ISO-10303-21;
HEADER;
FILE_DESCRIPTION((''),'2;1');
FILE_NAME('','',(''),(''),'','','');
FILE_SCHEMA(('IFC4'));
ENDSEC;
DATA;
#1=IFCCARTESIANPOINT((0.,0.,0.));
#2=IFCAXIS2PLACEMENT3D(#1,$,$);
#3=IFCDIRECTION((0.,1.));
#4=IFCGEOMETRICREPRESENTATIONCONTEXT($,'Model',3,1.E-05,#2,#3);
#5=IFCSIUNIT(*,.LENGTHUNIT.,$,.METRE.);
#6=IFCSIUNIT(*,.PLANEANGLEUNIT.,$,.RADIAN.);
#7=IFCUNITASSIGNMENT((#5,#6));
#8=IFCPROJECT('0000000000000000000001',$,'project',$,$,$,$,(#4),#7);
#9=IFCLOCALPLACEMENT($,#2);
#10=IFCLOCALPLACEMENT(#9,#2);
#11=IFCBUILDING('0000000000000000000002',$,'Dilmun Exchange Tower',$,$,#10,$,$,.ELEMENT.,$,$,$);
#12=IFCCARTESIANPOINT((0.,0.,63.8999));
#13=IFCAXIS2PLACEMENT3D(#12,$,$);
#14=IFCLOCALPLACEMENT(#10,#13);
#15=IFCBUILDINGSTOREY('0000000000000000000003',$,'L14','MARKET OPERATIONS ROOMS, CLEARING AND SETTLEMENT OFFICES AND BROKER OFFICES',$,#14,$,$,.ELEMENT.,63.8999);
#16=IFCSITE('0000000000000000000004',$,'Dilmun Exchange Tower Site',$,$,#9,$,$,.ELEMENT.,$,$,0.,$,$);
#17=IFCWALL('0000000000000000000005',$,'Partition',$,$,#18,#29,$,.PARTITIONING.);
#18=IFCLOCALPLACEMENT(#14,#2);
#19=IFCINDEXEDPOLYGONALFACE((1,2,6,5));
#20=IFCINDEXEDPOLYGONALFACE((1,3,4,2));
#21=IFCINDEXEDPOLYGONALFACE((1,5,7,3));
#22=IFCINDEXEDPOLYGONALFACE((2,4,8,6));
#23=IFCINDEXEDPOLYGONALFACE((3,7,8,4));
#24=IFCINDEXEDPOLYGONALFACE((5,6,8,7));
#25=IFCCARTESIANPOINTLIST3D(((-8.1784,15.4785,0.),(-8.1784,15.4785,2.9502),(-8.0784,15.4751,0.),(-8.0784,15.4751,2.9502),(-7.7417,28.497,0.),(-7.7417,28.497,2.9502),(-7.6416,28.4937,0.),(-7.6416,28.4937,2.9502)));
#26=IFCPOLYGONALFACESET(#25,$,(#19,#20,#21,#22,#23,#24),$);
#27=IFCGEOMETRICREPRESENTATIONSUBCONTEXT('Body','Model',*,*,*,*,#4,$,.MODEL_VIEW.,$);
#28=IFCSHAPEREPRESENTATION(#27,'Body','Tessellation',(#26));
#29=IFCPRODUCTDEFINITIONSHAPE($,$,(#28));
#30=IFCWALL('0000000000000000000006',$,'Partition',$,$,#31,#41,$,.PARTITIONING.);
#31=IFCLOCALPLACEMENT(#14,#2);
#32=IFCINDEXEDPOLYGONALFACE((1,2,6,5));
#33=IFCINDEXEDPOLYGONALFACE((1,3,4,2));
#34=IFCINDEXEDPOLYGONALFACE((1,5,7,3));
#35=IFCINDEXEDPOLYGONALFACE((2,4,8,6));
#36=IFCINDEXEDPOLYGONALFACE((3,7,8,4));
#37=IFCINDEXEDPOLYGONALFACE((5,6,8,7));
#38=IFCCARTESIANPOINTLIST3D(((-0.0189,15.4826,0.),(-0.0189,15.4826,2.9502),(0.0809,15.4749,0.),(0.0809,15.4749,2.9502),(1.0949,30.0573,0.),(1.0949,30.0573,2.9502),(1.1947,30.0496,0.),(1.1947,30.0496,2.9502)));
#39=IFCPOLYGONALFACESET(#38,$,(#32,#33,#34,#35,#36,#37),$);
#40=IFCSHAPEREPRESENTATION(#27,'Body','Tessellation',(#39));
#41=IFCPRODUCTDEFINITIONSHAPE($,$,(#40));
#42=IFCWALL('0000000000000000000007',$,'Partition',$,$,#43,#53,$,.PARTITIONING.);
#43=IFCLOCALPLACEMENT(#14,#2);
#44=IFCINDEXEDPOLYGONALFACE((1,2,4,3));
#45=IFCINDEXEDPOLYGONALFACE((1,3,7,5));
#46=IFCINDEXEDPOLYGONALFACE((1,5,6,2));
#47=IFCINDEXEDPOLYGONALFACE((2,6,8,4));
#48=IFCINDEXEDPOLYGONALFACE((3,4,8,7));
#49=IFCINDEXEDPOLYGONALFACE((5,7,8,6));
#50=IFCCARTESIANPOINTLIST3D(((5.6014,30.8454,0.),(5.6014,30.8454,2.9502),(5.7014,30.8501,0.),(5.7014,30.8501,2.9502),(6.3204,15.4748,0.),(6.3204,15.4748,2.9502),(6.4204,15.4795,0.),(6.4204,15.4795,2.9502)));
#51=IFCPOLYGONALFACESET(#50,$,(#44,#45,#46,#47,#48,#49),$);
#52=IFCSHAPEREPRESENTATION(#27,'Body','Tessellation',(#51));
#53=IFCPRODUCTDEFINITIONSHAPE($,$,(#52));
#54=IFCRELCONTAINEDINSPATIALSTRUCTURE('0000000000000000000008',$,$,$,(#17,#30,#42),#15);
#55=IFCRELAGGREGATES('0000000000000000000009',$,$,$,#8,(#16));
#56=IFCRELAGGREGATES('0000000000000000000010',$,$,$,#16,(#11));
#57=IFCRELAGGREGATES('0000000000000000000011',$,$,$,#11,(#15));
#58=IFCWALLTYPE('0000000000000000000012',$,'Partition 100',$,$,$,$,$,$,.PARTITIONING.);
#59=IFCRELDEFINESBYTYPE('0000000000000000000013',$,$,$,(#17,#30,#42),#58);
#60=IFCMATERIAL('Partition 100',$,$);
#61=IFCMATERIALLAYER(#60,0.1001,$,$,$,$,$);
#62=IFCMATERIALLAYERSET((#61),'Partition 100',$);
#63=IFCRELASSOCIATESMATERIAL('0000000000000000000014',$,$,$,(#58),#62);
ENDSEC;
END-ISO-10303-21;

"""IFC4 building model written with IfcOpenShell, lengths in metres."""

from ifc_helpers import new_model, si_unit, direction, frame, frame_2d, origin, place, context, subcontext, project, spatial, rectangle, extrude, material, layer, layer_set, type_object, element, save


model = new_model("IFC4")

# Units and contexts
model_context = context("Model", 3, precision=1e-05, world=origin(), true_north=direction((0.0, 1.0)))
body_context = subcontext(model_context, "Body", "Model", "MODEL_VIEW")
ifc_project = project(units=[si_unit("LENGTHUNIT", "METRE"), si_unit("PLANEANGLEUNIT", "RADIAN")], contexts=[model_context])

# Site, building, storey
site_placement = place(None, origin())
site = spatial("IfcSite", under=ifc_project, at=site_placement, Name="Dilmun Exchange Tower Site", CompositionType="ELEMENT", RefElevation=0.0)
building_placement = place(site_placement, origin())
building = spatial("IfcBuilding", under=site, at=building_placement, Name="Dilmun Exchange Tower", CompositionType="ELEMENT")
storey_placement = place(building_placement, frame((0.0, 0.0, 63.8999)))
storey = spatial("IfcBuildingStorey", under=building, at=storey_placement, Name="L14", Description="MARKET OPERATIONS ROOMS, CLEARING AND SETTLEMENT OFFICES AND BROKER OFFICES", CompositionType="ELEMENT", Elevation=63.8999)

# Walls
ifc_material_1 = material(Name="Partition 100")
ifc_layer_1 = layer(ifc_material_1, 0.1001)
ifc_layer_set_1 = layer_set([ifc_layer_1], Name="Partition 100")
wall_type_1 = type_object("IfcWallType", Name="Partition 100", PredefinedType="PARTITIONING", material=ifc_layer_set_1)
wall_1_placement = place(storey_placement, frame((-8.1284, 15.4768, 0.0), z_axis=(0.0, 0.0, 1.0), x_axis=(0.033531, 0.999438, 0.0)))
element("IfcWall", 1, at=wall_1_placement, inside=storey, type_object=wall_type_1, Name="Partition", PredefinedType="PARTITIONING", context=body_context, shape_type="SweptSolid", body=[
    extrude(rectangle(XDim=13.0259, YDim=0.1001, at=frame_2d((6.5129, 0.0))), origin(), (0.0, 0.0, 1.0), 2.9502),
])
wall_2_placement = place(storey_placement, frame((0.031, 15.4788, 0.0), z_axis=(0.0, 0.0, 1.0), x_axis=(0.076196, 0.997093, 0.0)))
element("IfcWall", 2, at=wall_2_placement, inside=storey, type_object=wall_type_1, Name="Partition", PredefinedType="PARTITIONING", context=body_context, shape_type="SweptSolid", body=[
    extrude(rectangle(XDim=14.6172, YDim=0.1001, at=frame_2d((7.3086, 0.0))), origin(), (0.0, 0.0, 1.0), 2.9502),
])
wall_3_placement = place(storey_placement, frame((5.6514, 30.8479, 0.0), z_axis=(0.0, 0.0, 1.0), x_axis=(0.046726, -0.998908, 0.0)))
element("IfcWall", 3, at=wall_3_placement, inside=storey, type_object=wall_type_1, Name="Partition", PredefinedType="PARTITIONING", context=body_context, shape_type="SweptSolid", body=[
    extrude(rectangle(XDim=15.3875, YDim=0.1001, at=frame_2d((7.6938, 0.0))), origin(), (0.0, 0.0, 1.0), 2.9502),
])

save(model, "model.ifc")
